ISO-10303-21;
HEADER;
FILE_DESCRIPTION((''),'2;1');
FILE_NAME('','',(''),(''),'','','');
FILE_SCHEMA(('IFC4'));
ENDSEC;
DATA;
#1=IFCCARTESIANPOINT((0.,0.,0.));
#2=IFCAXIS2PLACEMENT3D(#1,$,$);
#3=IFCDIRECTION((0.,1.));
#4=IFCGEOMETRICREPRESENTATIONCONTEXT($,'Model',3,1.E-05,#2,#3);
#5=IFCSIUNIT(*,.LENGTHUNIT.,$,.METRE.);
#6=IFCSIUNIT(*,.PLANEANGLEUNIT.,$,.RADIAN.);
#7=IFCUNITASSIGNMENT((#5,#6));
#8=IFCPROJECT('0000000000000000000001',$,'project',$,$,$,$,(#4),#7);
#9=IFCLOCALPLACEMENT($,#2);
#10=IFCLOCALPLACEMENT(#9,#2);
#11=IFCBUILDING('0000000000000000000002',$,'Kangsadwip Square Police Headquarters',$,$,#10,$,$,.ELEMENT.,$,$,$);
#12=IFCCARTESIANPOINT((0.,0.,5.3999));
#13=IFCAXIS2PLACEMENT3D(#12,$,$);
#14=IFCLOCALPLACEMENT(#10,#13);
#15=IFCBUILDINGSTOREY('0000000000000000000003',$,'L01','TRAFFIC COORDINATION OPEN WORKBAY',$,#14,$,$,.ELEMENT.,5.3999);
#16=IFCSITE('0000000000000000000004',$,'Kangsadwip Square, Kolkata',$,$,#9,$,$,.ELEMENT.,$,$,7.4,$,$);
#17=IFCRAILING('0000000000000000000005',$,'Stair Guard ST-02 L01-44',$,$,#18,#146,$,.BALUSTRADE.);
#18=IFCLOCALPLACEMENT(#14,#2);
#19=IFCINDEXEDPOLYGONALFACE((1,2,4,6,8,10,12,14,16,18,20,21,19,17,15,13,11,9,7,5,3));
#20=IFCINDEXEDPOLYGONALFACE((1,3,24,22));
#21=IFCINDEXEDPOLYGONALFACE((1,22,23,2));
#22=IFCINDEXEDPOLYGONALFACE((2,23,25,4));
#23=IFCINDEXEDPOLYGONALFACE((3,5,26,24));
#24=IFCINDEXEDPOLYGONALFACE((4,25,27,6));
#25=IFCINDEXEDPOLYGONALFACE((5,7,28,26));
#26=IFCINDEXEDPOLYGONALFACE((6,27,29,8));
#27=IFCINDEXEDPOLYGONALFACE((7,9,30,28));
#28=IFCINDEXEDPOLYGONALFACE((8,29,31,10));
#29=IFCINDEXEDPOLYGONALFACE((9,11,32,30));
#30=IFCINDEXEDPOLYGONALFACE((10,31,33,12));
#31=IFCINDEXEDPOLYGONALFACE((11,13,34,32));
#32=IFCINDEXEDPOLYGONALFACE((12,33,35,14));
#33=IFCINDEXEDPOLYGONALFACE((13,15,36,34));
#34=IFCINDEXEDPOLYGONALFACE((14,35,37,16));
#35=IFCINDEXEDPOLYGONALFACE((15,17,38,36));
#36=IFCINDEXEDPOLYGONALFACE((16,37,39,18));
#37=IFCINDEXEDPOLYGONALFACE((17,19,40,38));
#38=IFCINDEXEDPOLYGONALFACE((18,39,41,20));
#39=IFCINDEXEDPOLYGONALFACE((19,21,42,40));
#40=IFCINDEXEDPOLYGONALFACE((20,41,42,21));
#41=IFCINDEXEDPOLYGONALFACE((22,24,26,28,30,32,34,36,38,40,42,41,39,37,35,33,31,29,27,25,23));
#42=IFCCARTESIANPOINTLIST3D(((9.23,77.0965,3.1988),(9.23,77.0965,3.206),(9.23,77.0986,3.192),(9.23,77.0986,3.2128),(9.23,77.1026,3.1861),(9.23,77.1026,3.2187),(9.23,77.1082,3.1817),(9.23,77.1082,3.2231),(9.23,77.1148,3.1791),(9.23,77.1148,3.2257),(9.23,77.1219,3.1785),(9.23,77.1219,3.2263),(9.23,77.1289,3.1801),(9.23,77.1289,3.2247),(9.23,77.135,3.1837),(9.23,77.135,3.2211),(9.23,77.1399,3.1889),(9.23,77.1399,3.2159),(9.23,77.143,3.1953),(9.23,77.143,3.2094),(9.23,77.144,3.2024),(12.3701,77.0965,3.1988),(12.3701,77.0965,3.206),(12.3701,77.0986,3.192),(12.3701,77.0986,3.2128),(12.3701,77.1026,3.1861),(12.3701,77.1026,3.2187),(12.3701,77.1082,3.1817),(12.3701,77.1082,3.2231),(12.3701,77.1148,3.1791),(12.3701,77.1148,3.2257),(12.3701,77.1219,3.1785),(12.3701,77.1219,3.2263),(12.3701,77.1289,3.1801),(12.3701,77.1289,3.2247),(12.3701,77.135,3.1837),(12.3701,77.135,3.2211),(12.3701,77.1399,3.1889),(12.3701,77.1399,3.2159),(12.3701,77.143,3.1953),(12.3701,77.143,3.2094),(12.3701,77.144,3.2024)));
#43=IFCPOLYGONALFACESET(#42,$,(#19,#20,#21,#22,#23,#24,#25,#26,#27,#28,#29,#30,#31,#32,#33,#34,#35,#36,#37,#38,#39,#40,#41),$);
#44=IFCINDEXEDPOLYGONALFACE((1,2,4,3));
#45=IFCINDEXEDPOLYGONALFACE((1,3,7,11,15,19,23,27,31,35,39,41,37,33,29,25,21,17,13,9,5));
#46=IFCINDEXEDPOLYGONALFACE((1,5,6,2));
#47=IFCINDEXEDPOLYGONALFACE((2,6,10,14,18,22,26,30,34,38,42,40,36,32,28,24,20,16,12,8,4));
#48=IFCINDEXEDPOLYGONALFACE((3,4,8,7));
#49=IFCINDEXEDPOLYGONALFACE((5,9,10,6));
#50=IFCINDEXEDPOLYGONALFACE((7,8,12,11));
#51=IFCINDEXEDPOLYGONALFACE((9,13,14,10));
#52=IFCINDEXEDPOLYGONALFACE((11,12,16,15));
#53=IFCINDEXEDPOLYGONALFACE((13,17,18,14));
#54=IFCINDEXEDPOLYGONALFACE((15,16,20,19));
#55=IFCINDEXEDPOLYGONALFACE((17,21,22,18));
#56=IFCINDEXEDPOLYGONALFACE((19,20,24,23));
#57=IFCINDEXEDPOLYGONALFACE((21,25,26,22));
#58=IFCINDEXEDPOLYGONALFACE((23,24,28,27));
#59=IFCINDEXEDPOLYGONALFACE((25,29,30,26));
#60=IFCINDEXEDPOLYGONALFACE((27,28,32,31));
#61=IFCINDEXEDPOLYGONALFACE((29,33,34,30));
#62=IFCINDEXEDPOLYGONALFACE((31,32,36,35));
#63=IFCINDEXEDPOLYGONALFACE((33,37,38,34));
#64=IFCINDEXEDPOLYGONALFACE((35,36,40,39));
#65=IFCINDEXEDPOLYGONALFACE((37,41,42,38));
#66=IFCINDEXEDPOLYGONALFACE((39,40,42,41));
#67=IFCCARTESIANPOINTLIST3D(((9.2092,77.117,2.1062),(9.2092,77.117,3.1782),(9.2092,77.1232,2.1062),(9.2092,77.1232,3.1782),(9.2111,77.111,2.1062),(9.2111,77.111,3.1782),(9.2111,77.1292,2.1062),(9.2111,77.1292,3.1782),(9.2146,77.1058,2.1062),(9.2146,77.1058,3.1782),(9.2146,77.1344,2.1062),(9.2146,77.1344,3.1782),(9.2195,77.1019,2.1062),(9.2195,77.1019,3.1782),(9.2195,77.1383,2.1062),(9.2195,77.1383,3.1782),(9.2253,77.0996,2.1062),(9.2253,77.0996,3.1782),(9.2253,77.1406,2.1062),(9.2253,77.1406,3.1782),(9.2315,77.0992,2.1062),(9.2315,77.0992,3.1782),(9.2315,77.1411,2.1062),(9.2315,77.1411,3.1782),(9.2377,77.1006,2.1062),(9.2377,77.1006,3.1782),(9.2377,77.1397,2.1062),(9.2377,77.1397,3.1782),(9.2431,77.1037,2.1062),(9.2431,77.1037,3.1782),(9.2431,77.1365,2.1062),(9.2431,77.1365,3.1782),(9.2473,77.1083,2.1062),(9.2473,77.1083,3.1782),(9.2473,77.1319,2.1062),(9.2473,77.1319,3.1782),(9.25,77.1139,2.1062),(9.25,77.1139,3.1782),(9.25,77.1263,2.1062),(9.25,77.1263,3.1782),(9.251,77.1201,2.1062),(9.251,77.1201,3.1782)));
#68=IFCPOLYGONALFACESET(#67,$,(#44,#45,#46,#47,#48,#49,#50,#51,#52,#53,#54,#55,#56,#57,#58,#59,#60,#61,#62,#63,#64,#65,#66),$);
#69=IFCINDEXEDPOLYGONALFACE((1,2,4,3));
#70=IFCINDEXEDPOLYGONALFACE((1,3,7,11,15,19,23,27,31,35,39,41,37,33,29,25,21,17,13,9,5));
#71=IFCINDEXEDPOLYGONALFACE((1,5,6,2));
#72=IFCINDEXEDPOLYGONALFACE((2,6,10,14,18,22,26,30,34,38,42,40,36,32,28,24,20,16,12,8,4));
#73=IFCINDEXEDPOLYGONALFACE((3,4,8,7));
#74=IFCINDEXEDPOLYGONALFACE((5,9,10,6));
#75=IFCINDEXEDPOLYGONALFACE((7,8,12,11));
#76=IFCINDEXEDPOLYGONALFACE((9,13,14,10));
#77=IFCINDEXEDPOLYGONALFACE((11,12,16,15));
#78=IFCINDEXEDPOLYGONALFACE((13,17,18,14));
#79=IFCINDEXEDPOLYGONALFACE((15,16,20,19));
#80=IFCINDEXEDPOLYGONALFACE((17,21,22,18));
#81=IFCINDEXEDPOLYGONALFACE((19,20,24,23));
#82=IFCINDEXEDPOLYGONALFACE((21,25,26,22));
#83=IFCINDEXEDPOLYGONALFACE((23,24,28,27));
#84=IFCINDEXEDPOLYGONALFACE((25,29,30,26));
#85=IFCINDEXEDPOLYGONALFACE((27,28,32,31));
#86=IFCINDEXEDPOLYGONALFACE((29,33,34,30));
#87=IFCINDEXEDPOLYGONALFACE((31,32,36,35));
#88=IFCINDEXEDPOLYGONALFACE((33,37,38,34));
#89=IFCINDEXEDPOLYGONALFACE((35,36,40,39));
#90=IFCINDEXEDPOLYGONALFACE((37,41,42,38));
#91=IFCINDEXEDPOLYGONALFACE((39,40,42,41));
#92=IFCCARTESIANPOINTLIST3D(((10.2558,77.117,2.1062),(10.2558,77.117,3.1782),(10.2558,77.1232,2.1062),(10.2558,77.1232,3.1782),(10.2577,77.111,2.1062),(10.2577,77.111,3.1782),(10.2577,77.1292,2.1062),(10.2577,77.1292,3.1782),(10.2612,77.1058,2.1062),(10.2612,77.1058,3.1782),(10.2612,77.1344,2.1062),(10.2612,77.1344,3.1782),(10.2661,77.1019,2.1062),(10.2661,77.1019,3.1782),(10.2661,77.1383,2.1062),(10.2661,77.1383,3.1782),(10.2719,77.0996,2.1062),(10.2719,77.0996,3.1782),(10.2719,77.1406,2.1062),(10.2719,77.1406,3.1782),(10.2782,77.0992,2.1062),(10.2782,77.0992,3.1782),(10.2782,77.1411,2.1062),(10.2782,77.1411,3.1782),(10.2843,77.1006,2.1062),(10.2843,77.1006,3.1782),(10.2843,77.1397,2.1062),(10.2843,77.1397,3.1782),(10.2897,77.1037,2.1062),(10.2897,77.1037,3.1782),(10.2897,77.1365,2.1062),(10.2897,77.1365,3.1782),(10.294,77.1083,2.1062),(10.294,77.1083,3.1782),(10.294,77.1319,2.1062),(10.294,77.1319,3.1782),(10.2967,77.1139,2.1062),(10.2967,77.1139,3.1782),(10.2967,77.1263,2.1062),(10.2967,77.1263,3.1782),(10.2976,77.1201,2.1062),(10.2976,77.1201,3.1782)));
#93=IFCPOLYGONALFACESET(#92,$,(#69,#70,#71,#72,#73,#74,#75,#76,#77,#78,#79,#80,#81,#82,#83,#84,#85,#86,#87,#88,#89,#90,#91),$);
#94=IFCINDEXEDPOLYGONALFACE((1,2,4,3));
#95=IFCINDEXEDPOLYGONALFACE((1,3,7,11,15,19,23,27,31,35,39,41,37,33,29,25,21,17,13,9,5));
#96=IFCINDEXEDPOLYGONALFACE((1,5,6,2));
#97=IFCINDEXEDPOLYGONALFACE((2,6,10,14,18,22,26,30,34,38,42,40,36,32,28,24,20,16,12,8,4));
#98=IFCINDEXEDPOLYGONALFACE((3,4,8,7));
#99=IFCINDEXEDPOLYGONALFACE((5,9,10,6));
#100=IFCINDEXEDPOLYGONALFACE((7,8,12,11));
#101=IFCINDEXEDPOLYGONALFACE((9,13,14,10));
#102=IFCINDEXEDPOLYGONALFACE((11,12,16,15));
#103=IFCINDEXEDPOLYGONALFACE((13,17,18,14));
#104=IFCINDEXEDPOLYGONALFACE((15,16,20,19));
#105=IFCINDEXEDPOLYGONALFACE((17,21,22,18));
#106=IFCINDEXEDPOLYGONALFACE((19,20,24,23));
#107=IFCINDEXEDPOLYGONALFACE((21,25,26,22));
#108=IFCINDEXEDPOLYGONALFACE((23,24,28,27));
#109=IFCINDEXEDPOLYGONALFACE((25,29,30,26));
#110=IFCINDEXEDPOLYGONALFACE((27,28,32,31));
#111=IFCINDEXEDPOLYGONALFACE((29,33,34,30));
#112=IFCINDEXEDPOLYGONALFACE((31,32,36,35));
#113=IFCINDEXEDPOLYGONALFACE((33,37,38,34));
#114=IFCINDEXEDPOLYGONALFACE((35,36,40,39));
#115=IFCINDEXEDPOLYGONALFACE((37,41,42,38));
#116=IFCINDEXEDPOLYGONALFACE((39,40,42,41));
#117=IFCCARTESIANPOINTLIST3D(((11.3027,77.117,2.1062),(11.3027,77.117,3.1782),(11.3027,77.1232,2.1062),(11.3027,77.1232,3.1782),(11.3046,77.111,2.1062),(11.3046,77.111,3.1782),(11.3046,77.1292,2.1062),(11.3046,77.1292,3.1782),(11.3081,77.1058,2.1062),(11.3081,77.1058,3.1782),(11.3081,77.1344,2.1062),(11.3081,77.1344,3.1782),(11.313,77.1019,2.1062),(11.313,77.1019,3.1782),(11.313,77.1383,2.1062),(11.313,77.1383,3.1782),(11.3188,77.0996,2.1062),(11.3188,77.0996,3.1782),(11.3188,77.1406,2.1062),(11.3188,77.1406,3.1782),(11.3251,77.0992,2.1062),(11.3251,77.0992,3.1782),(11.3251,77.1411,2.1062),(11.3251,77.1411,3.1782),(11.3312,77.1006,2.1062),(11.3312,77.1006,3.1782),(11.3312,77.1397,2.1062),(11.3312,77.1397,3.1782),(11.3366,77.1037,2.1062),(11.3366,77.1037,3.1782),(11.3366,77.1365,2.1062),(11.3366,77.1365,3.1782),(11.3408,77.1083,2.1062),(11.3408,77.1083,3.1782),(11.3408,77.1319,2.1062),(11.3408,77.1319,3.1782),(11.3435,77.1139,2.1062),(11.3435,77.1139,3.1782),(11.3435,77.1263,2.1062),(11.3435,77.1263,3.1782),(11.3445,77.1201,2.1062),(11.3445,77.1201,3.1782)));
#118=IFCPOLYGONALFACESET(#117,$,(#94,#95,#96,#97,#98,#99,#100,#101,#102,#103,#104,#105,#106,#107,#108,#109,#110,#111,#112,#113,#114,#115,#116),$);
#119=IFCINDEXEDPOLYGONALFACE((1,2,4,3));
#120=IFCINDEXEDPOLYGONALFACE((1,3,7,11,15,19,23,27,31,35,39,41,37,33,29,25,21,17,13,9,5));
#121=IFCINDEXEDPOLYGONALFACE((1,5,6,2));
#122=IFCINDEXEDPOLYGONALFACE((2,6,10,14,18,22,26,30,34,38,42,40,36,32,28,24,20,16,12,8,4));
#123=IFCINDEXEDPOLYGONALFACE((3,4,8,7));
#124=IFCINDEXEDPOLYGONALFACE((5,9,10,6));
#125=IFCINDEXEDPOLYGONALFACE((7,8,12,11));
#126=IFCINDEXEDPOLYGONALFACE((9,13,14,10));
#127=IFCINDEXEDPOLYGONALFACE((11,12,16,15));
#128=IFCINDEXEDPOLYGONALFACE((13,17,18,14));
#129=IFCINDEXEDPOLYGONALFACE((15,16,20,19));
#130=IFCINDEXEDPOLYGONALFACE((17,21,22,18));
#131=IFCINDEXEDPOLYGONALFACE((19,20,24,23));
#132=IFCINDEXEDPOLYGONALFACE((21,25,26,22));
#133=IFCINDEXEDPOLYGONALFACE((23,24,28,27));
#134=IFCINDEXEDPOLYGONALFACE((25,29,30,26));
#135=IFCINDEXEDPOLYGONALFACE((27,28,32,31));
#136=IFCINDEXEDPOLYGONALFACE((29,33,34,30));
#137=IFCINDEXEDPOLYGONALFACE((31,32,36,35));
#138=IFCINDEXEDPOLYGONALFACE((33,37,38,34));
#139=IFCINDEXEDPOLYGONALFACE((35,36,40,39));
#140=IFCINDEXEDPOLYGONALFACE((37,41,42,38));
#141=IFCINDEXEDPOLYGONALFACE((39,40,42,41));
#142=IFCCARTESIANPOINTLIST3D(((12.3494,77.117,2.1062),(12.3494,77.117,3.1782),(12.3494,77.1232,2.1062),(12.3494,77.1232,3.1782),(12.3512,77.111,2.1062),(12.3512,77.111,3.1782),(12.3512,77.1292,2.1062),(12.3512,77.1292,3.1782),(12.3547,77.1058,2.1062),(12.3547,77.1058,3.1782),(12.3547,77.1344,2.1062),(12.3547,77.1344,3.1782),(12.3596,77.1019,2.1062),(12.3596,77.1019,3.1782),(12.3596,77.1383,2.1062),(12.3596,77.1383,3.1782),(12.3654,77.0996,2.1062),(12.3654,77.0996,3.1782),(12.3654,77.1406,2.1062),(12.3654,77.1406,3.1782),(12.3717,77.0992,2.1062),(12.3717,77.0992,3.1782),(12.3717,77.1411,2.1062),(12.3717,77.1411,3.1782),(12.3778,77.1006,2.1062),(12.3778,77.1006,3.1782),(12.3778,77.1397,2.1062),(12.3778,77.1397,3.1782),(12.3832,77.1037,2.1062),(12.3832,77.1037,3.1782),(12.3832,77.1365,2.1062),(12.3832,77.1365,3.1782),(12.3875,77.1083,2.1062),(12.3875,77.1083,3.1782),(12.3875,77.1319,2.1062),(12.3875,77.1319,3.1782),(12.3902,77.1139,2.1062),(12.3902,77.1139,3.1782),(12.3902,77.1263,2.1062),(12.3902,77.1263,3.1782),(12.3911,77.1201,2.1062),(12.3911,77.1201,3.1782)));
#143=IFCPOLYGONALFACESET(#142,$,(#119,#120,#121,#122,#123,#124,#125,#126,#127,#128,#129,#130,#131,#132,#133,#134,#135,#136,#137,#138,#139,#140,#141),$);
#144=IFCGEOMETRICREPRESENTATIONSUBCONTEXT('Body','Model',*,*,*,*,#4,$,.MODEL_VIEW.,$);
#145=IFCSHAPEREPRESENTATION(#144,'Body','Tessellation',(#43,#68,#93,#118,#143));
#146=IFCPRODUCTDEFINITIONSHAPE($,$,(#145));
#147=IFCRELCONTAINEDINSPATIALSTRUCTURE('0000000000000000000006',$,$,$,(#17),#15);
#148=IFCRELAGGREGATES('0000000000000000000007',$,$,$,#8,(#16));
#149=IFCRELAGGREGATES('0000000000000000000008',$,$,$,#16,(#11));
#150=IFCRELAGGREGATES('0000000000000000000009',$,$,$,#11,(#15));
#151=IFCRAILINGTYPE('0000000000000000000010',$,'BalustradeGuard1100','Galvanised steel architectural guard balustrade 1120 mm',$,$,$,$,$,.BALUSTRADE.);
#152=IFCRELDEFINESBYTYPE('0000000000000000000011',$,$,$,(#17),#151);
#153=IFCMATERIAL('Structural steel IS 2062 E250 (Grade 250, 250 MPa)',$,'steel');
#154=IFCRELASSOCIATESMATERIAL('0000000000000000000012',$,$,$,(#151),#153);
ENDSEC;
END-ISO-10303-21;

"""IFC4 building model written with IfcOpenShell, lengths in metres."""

from ifc_helpers import new_model, si_unit, direction, frame, origin, origin_2d, place, context, subcontext, project, spatial, circle, extrude, material, type_object, element, save


model = new_model("IFC4")

# Units and contexts
model_context = context("Model", 3, precision=1e-05, world=origin(), true_north=direction((0.0, 1.0)))
body_context = subcontext(model_context, "Body", "Model", "MODEL_VIEW")
ifc_project = project(units=[si_unit("LENGTHUNIT", "METRE"), si_unit("PLANEANGLEUNIT", "RADIAN")], contexts=[model_context])

# Site, building, storey
site_placement = place(None, origin())
site = spatial("IfcSite", under=ifc_project, at=site_placement, Name="Kangsadwip Square, Kolkata", CompositionType="ELEMENT", RefElevation=7.4)
building_placement = place(site_placement, origin())
building = spatial("IfcBuilding", under=site, at=building_placement, Name="Kangsadwip Square Police Headquarters", CompositionType="ELEMENT")
storey_placement = place(building_placement, frame((0.0, 0.0, 5.3999)))
storey = spatial("IfcBuildingStorey", under=building, at=storey_placement, Name="L01", Description="TRAFFIC COORDINATION OPEN WORKBAY", CompositionType="ELEMENT", Elevation=5.3999)

# Railing
ifc_material_1 = material(Name="Structural steel IS 2062 E250 (Grade 250, 250 MPa)", Category="steel")
railing_type_1 = type_object("IfcRailingType", Name="BalustradeGuard1100", Description="Galvanised steel architectural guard balustrade 1120 mm", PredefinedType="BALUSTRADE", material=ifc_material_1)
for number, where, name in (
    (1, (9.23, 77.1201, 2.1062), "Stair Guard ST-02 L01-44"),
):
    element("IfcRailing", number, at=place(storey_placement, frame(where)), inside=storey, type_object=railing_type_1, Name=name, PredefinedType="BALUSTRADE", context=body_context, shape_type="SweptSolid", body=[
        extrude(circle(Radius=0.0239, at=origin_2d()), frame((0.0, 0.0, 1.0962), z_axis=(1.0, 0.0, 0.0), x_axis=(0.0, 1.0, 0.0)), (0.0, 0.0, 1.0), 3.1401),
        extrude(circle(Radius=0.021, at=origin_2d()), origin(), (0.0, 0.0, 1.0), 1.072),
        extrude(circle(Radius=0.021, at=origin_2d()), frame((1.0466, 0.0, 0.0)), (0.0, 0.0, 1.0), 1.072),
        extrude(circle(Radius=0.021, at=origin_2d()), frame((2.0935, 0.0, 0.0)), (0.0, 0.0, 1.0), 1.072),
        extrude(circle(Radius=0.021, at=origin_2d()), frame((3.1401, 0.0, 0.0)), (0.0, 0.0, 1.0), 1.072),
    ])

save(model, "model.ifc")
